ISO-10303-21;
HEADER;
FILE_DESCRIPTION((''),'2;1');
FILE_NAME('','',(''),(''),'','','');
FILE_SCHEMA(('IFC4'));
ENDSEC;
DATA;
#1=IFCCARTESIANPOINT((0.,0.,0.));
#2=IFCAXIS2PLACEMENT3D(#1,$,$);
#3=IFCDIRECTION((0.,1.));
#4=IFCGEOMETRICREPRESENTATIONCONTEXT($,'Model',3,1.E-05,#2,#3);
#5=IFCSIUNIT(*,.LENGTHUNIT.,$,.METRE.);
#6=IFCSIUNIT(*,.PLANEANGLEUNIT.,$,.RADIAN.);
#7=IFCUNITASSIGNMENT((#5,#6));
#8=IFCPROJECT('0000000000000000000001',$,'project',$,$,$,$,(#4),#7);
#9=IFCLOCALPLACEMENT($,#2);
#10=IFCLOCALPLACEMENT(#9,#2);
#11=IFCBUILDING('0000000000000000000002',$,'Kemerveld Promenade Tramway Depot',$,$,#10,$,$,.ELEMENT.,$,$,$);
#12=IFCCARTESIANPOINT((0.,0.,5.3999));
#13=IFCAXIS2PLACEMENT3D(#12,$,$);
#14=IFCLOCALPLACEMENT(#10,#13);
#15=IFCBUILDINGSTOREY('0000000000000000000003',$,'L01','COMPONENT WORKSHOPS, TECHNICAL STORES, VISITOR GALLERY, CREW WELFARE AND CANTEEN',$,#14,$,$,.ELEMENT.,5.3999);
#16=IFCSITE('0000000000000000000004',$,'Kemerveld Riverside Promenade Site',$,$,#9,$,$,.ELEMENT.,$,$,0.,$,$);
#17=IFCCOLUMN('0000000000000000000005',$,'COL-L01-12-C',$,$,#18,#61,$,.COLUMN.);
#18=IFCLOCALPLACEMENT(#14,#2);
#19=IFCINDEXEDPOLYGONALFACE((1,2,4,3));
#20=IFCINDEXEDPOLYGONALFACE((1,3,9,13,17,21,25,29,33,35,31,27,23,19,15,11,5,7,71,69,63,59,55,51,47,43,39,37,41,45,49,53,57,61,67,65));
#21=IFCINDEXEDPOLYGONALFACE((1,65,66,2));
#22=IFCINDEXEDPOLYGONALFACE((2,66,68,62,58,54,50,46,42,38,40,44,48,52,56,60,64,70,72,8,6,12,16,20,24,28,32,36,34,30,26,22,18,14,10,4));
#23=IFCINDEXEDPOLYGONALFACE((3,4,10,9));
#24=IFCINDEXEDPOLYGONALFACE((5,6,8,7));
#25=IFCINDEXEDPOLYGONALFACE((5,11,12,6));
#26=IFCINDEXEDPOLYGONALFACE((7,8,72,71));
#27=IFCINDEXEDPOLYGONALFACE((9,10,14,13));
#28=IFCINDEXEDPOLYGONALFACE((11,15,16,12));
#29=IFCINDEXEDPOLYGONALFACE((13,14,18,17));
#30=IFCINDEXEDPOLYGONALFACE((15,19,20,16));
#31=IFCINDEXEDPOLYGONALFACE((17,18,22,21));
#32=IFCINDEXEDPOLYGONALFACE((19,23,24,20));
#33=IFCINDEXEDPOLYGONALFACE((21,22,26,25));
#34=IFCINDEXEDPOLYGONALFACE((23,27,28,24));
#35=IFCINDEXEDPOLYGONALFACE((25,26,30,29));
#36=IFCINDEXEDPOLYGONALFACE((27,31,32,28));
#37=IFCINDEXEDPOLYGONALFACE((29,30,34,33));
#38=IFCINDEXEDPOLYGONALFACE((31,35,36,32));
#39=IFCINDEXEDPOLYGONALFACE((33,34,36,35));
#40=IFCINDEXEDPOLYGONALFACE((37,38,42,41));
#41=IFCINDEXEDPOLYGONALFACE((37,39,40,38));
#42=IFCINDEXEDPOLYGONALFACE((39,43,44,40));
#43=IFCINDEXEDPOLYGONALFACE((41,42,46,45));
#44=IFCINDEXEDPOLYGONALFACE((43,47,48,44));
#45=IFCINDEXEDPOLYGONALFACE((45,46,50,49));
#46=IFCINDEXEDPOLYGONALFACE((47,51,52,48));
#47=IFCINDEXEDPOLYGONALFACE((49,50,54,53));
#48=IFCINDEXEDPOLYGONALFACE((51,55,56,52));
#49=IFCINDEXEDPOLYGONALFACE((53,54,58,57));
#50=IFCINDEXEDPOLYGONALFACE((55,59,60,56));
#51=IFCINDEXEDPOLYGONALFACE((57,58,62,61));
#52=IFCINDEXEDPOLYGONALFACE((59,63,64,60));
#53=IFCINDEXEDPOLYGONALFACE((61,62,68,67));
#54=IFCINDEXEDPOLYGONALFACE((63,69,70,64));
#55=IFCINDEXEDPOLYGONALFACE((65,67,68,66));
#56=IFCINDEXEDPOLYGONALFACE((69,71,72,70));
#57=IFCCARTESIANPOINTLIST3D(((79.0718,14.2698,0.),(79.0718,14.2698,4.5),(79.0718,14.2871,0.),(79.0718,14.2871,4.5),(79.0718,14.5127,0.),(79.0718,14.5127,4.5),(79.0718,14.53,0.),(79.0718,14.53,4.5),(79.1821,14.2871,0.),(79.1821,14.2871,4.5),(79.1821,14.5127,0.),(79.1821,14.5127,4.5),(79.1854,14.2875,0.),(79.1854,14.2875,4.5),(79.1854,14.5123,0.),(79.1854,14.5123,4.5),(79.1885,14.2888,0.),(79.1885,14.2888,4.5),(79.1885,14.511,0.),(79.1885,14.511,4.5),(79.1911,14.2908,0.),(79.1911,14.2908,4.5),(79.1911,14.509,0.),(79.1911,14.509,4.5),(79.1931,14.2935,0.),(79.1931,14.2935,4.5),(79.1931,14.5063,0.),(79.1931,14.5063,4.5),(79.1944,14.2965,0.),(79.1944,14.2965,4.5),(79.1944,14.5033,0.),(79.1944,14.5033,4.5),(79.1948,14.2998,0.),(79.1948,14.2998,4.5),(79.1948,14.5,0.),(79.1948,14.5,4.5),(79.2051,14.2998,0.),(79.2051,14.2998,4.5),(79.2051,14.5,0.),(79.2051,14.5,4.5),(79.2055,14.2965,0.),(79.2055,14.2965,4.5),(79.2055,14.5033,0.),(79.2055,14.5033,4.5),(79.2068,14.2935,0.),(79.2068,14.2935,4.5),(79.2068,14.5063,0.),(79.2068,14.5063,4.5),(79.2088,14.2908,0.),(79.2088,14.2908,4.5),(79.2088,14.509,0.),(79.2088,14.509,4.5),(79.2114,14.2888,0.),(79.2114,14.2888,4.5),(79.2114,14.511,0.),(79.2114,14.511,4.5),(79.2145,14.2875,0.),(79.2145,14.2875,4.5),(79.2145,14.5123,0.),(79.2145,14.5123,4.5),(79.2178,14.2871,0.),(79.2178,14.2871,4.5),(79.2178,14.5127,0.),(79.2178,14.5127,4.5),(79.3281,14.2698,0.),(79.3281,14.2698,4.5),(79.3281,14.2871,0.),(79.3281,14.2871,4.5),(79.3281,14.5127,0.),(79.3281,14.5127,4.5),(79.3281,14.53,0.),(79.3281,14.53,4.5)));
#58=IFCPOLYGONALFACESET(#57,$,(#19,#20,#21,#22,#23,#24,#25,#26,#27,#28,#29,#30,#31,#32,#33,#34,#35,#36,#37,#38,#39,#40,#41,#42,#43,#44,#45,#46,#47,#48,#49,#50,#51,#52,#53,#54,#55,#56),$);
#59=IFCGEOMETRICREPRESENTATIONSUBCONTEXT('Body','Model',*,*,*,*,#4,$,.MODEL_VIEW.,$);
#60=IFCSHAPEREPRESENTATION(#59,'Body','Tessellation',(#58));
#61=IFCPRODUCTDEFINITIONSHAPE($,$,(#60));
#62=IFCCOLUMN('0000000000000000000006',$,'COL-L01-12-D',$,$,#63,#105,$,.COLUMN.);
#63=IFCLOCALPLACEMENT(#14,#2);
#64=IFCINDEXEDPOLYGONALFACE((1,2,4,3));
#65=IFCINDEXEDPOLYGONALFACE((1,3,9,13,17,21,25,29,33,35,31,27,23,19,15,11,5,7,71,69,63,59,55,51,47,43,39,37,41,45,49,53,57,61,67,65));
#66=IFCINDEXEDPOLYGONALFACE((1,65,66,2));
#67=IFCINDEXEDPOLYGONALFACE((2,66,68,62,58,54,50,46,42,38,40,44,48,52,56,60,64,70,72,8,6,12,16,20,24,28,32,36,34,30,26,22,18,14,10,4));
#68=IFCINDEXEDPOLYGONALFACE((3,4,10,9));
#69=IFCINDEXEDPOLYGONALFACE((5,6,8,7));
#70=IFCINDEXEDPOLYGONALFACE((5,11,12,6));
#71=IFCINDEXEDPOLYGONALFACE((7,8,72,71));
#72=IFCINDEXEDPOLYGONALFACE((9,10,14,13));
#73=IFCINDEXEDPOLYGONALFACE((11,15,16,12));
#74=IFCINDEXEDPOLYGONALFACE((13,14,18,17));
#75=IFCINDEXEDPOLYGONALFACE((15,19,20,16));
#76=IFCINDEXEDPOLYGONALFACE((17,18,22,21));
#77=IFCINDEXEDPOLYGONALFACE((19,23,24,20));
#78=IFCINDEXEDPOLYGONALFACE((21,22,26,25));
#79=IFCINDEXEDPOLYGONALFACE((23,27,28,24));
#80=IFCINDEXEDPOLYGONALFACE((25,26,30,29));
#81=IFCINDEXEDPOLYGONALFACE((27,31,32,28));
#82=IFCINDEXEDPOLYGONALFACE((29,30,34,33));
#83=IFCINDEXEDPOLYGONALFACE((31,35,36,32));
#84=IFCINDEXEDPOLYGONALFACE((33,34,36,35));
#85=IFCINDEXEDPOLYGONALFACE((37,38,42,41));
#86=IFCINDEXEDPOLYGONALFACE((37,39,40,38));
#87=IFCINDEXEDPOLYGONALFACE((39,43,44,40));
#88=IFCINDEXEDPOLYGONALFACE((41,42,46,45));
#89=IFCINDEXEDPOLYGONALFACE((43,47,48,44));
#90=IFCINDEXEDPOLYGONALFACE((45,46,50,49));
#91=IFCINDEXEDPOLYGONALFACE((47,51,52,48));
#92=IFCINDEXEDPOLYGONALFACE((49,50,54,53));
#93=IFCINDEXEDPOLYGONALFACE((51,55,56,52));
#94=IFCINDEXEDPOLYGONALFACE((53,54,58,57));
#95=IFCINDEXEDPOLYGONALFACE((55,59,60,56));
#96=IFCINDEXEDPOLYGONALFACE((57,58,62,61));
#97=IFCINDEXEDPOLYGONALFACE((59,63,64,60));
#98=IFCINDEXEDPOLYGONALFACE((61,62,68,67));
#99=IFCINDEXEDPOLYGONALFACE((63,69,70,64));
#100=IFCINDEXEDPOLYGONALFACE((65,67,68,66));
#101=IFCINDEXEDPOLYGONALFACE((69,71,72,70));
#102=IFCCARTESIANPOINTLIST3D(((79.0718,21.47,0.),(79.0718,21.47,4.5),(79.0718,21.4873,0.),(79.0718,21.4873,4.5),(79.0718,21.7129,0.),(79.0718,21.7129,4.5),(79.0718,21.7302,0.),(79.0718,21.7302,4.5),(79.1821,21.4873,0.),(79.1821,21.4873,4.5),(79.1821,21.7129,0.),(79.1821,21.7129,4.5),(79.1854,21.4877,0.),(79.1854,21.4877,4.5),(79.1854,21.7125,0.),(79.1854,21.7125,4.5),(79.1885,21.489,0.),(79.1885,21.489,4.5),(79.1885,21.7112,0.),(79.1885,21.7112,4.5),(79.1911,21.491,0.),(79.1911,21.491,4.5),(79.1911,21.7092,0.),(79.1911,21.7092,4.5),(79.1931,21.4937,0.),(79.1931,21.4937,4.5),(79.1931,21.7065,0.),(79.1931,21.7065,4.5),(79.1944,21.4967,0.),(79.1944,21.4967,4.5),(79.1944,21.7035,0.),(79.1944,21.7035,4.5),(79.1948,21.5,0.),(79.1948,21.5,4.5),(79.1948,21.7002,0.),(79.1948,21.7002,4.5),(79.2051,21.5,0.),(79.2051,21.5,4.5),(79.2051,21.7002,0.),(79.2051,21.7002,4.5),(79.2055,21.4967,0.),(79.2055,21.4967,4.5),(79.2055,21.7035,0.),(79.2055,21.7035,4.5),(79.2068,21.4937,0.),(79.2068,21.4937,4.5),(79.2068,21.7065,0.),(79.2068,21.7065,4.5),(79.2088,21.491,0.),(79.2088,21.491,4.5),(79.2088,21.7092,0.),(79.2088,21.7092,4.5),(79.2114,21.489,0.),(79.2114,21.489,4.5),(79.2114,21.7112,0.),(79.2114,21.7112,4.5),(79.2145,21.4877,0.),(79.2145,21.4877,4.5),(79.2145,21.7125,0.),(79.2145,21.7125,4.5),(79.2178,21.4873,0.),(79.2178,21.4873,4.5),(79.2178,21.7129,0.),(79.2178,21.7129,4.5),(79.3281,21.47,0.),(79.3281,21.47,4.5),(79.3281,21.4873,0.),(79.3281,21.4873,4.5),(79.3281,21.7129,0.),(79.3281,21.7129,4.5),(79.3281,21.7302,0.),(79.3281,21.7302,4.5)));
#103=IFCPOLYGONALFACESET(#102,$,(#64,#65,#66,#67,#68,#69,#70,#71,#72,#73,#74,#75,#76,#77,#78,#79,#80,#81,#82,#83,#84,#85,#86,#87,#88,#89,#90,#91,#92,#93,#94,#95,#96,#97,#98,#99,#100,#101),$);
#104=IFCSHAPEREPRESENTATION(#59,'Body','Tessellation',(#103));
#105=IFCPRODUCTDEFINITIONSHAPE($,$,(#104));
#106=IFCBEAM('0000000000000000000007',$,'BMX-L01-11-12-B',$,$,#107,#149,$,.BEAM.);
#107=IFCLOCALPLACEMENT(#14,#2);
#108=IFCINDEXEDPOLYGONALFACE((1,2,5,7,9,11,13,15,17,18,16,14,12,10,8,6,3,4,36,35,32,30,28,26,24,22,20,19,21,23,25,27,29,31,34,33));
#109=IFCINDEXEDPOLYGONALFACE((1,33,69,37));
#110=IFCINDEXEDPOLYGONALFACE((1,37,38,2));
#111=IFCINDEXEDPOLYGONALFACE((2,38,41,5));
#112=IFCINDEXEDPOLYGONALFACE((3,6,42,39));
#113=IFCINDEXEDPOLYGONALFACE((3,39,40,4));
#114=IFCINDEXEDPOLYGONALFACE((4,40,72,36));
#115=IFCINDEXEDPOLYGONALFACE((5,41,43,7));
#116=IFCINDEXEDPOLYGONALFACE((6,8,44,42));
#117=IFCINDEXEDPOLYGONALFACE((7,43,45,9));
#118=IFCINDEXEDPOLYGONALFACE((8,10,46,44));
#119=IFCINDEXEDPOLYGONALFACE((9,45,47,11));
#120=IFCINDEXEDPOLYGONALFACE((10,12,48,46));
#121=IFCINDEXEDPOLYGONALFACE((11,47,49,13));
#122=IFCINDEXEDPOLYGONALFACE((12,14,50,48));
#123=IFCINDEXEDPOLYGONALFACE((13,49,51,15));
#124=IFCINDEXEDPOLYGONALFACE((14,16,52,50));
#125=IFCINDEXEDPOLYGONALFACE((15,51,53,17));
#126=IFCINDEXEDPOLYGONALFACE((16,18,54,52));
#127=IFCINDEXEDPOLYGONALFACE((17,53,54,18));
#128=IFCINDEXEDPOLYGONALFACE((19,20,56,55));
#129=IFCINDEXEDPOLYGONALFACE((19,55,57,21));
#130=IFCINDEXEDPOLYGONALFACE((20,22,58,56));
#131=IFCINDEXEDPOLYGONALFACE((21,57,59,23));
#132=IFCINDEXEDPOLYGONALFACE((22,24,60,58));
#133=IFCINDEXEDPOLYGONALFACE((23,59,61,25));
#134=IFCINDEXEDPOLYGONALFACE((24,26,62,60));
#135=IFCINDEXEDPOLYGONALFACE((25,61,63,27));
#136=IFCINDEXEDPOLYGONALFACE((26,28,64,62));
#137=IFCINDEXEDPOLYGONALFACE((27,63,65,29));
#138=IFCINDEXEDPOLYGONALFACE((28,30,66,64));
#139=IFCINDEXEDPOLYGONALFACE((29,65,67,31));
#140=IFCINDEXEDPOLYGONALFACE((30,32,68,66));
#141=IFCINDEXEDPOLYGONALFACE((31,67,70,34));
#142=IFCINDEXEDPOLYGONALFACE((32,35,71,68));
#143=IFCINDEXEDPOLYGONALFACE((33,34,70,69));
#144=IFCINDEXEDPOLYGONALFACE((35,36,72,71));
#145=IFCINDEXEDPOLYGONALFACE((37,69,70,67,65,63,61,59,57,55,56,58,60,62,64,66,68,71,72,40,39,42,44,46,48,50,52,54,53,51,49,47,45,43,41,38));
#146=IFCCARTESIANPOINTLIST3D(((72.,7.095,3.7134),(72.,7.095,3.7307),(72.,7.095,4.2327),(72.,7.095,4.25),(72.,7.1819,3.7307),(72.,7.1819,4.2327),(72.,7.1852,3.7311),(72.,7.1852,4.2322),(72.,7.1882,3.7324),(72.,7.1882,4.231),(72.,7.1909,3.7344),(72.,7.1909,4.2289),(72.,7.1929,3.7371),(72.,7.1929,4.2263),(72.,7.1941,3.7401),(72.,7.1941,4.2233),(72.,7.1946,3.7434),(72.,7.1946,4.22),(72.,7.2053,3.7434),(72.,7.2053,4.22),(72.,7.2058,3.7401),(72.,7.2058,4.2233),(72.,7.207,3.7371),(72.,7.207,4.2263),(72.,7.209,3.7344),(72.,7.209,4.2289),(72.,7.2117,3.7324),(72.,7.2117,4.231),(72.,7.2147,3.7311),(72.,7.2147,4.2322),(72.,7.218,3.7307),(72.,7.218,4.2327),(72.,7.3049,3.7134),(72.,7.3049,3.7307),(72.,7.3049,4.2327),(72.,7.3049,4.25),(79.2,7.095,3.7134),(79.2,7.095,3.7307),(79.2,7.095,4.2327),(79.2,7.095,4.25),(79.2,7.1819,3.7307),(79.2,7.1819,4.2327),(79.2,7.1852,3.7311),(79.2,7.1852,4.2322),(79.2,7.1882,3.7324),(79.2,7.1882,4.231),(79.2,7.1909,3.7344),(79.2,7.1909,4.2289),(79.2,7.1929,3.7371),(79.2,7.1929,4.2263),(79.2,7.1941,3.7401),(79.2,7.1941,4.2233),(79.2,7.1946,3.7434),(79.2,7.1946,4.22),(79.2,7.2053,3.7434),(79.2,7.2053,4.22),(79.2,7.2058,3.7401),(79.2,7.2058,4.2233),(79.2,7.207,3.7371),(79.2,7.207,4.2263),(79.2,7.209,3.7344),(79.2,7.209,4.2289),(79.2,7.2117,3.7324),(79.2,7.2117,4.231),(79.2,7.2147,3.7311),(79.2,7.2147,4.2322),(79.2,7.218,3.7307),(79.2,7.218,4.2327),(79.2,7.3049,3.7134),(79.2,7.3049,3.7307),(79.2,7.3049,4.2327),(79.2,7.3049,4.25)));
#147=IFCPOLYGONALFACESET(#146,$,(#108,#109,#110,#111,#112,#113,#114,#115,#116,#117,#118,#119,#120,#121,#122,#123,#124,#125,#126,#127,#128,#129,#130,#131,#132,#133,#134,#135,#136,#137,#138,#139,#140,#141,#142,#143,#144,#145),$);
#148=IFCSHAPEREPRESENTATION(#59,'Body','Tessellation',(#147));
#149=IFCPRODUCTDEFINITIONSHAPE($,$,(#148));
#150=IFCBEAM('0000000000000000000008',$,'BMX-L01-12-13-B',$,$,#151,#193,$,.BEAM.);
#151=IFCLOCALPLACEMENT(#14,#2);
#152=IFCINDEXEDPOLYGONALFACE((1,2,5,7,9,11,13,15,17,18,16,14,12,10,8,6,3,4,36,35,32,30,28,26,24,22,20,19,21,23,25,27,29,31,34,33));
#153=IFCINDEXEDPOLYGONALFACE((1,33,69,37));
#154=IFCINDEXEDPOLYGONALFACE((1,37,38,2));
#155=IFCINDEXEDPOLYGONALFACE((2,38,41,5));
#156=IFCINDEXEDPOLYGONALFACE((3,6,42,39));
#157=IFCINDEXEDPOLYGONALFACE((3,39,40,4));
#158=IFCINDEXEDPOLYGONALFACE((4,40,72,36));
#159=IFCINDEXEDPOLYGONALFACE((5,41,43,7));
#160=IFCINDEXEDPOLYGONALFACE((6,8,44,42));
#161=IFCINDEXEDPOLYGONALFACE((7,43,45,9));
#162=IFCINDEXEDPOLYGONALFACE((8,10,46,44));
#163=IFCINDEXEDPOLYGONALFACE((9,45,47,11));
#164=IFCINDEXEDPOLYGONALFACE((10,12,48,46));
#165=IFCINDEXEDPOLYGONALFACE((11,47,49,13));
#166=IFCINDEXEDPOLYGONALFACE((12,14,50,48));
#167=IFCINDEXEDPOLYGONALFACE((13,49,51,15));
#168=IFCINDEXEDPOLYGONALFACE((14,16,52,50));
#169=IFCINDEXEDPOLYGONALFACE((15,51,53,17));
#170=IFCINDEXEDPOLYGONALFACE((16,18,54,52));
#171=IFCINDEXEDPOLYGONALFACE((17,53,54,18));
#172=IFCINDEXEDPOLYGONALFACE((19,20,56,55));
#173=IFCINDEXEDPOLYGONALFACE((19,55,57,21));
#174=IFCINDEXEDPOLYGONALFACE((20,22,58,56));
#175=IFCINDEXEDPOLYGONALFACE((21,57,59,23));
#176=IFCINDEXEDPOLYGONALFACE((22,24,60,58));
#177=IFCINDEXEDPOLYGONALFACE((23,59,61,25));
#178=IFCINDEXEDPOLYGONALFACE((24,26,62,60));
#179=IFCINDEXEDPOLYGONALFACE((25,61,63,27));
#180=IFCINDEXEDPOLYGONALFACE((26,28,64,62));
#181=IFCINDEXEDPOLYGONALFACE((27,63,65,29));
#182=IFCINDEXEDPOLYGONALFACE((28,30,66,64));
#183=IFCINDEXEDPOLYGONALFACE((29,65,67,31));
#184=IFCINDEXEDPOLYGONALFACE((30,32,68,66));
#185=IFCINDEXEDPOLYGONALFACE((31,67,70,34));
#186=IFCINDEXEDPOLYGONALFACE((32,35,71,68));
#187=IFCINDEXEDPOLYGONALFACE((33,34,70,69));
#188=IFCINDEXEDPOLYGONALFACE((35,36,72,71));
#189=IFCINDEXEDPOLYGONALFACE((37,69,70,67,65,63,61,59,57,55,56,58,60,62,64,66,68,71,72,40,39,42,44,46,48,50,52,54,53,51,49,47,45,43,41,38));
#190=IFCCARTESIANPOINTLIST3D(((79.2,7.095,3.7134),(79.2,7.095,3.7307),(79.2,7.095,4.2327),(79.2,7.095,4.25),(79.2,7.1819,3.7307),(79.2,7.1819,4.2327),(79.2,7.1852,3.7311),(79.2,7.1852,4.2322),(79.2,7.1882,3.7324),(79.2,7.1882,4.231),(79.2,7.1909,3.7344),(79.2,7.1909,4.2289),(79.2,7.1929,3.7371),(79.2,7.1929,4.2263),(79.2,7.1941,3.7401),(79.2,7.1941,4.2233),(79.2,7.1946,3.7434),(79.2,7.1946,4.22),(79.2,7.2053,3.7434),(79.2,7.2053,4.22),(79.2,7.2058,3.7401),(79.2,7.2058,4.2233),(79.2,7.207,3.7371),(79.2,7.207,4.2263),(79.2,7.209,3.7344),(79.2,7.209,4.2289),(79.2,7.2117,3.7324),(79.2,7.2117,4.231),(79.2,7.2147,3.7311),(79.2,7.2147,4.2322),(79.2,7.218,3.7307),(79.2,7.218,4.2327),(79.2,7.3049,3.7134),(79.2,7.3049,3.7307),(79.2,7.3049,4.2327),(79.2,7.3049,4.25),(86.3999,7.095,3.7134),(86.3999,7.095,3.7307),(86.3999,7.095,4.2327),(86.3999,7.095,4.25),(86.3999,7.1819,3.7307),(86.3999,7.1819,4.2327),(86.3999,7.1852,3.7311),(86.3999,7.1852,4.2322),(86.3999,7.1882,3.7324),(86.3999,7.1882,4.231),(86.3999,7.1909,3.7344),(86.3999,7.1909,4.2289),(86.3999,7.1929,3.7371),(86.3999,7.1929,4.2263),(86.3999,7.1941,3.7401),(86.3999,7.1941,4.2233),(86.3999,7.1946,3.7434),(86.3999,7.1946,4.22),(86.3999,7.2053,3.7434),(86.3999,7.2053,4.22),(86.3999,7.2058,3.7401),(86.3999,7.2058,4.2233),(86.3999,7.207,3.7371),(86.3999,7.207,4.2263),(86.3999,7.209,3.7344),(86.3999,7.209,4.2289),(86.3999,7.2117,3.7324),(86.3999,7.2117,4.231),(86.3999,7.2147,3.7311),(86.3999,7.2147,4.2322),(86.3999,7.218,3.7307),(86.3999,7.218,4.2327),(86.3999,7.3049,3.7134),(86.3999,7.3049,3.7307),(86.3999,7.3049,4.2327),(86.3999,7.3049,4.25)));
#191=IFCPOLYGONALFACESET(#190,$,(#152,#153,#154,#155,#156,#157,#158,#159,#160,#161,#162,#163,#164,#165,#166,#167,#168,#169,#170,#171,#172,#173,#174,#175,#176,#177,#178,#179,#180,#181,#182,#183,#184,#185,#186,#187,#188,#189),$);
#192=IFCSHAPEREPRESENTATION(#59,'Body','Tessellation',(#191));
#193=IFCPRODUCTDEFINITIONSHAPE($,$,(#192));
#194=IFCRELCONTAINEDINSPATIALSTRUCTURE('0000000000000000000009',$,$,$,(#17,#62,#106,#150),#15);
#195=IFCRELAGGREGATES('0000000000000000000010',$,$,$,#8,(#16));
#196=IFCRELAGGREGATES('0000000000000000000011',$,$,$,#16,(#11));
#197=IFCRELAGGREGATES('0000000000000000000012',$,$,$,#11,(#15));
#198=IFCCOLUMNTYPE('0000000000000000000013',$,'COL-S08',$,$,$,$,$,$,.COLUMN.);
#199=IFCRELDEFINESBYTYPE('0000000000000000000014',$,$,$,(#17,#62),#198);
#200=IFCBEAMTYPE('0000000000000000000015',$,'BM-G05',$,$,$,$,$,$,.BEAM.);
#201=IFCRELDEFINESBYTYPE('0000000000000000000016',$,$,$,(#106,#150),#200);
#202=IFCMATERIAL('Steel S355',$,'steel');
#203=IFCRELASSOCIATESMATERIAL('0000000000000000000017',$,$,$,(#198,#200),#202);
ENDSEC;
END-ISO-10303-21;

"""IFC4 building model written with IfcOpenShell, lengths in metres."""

from ifc_helpers import new_model, si_unit, direction, frame, origin, origin_2d, place, context, subcontext, project, spatial, i_section, extrude, material, material_profile, profile_set, type_object, element, save


model = new_model("IFC4")

# Units and contexts
model_context = context("Model", 3, precision=1e-05, world=origin(), true_north=direction((0.0, 1.0)))
body_context = subcontext(model_context, "Body", "Model", "MODEL_VIEW")
ifc_project = project(units=[si_unit("LENGTHUNIT", "METRE"), si_unit("PLANEANGLEUNIT", "RADIAN")], contexts=[model_context])

# Site, building, storey
site_placement = place(None, origin())
site = spatial("IfcSite", under=ifc_project, at=site_placement, Name="Kemerveld Riverside Promenade Site", CompositionType="ELEMENT", RefElevation=0.0)
building_placement = place(site_placement, origin())
building = spatial("IfcBuilding", under=site, at=building_placement, Name="Kemerveld Promenade Tramway Depot", CompositionType="ELEMENT")
storey_placement = place(building_placement, frame((0.0, 0.0, 5.3999)))
storey = spatial("IfcBuildingStorey", under=building, at=storey_placement, Name="L01", Description="COMPONENT WORKSHOPS, TECHNICAL STORES, VISITOR GALLERY, CREW WELFARE AND CANTEEN", CompositionType="ELEMENT", Elevation=5.3999)

# Columns
ifc_material_1 = material(Name="Steel S355", Category="steel")
ifc_material_profile_1 = material_profile(ifc_material_1, i_section(OverallWidth=0.2563, OverallDepth=0.2603, WebThickness=0.0103, FlangeThickness=0.0173, FilletRadius=0.0127, at=origin_2d()), Name="254x254x89 UC")
ifc_profile_set_1 = profile_set([ifc_material_profile_1], Name="Steel S355")
column_type = type_object("IfcColumnType", Name="COL-S08", PredefinedType="COLUMN", material=ifc_profile_set_1)
for number, where, z_axis, x_axis, name in (
    (1, (79.2, 14.3999, 0.0), (0.0, 0.0, 1.0), (1.0, 0.0, 0.0), "COL-L01-12-C"),
    (2, (79.2, 21.6001, 0.0), (0.0, 0.0, 1.0), (1.0, 0.0, 0.0), "COL-L01-12-D"),
):
    element("IfcColumn", number, at=place(storey_placement, frame(where, z_axis=z_axis, x_axis=x_axis)), inside=storey, type_object=column_type, Name=name, PredefinedType="COLUMN", context=body_context, shape_type="SweptSolid", body=[
        extrude(i_section(OverallWidth=0.2563, OverallDepth=0.2603, WebThickness=0.0103, FlangeThickness=0.0173, FilletRadius=0.0127, at=origin_2d()), origin(), (0.0, 0.0, 1.0), 4.5),
    ])

# Beams
ifc_material_profile_2 = material_profile(ifc_material_1, i_section(OverallWidth=0.21, OverallDepth=0.5366, WebThickness=0.0107, FlangeThickness=0.0173, FilletRadius=0.0127, at=origin_2d()), Name="533x210x101 UB")
ifc_profile_set_2 = profile_set([ifc_material_profile_2], Name="Steel S355")
beam_type_1 = type_object("IfcBeamType", Name="BM-G05", PredefinedType="BEAM", material=ifc_profile_set_2)
for number, where, z_axis, x_axis, name in (
    (3, (72.0, 7.2, 3.9817), (1.0, 0.0, 0.0), (0.0, 1.0, 0.0), "BMX-L01-11-12-B"),
    (4, (79.2, 7.2, 3.9817), (1.0, 0.0, 0.0), (0.0, 1.0, 0.0), "BMX-L01-12-13-B"),
):
    element("IfcBeam", number, at=place(storey_placement, frame(where, z_axis=z_axis, x_axis=x_axis)), inside=storey, type_object=beam_type_1, Name=name, PredefinedType="BEAM", context=body_context, shape_type="SweptSolid", body=[
        extrude(i_section(OverallWidth=0.21, OverallDepth=0.5366, WebThickness=0.0107, FlangeThickness=0.0173, FilletRadius=0.0127, at=origin_2d()), origin(), (0.0, 0.0, 1.0), 7.2),
    ])

save(model, "model.ifc")
